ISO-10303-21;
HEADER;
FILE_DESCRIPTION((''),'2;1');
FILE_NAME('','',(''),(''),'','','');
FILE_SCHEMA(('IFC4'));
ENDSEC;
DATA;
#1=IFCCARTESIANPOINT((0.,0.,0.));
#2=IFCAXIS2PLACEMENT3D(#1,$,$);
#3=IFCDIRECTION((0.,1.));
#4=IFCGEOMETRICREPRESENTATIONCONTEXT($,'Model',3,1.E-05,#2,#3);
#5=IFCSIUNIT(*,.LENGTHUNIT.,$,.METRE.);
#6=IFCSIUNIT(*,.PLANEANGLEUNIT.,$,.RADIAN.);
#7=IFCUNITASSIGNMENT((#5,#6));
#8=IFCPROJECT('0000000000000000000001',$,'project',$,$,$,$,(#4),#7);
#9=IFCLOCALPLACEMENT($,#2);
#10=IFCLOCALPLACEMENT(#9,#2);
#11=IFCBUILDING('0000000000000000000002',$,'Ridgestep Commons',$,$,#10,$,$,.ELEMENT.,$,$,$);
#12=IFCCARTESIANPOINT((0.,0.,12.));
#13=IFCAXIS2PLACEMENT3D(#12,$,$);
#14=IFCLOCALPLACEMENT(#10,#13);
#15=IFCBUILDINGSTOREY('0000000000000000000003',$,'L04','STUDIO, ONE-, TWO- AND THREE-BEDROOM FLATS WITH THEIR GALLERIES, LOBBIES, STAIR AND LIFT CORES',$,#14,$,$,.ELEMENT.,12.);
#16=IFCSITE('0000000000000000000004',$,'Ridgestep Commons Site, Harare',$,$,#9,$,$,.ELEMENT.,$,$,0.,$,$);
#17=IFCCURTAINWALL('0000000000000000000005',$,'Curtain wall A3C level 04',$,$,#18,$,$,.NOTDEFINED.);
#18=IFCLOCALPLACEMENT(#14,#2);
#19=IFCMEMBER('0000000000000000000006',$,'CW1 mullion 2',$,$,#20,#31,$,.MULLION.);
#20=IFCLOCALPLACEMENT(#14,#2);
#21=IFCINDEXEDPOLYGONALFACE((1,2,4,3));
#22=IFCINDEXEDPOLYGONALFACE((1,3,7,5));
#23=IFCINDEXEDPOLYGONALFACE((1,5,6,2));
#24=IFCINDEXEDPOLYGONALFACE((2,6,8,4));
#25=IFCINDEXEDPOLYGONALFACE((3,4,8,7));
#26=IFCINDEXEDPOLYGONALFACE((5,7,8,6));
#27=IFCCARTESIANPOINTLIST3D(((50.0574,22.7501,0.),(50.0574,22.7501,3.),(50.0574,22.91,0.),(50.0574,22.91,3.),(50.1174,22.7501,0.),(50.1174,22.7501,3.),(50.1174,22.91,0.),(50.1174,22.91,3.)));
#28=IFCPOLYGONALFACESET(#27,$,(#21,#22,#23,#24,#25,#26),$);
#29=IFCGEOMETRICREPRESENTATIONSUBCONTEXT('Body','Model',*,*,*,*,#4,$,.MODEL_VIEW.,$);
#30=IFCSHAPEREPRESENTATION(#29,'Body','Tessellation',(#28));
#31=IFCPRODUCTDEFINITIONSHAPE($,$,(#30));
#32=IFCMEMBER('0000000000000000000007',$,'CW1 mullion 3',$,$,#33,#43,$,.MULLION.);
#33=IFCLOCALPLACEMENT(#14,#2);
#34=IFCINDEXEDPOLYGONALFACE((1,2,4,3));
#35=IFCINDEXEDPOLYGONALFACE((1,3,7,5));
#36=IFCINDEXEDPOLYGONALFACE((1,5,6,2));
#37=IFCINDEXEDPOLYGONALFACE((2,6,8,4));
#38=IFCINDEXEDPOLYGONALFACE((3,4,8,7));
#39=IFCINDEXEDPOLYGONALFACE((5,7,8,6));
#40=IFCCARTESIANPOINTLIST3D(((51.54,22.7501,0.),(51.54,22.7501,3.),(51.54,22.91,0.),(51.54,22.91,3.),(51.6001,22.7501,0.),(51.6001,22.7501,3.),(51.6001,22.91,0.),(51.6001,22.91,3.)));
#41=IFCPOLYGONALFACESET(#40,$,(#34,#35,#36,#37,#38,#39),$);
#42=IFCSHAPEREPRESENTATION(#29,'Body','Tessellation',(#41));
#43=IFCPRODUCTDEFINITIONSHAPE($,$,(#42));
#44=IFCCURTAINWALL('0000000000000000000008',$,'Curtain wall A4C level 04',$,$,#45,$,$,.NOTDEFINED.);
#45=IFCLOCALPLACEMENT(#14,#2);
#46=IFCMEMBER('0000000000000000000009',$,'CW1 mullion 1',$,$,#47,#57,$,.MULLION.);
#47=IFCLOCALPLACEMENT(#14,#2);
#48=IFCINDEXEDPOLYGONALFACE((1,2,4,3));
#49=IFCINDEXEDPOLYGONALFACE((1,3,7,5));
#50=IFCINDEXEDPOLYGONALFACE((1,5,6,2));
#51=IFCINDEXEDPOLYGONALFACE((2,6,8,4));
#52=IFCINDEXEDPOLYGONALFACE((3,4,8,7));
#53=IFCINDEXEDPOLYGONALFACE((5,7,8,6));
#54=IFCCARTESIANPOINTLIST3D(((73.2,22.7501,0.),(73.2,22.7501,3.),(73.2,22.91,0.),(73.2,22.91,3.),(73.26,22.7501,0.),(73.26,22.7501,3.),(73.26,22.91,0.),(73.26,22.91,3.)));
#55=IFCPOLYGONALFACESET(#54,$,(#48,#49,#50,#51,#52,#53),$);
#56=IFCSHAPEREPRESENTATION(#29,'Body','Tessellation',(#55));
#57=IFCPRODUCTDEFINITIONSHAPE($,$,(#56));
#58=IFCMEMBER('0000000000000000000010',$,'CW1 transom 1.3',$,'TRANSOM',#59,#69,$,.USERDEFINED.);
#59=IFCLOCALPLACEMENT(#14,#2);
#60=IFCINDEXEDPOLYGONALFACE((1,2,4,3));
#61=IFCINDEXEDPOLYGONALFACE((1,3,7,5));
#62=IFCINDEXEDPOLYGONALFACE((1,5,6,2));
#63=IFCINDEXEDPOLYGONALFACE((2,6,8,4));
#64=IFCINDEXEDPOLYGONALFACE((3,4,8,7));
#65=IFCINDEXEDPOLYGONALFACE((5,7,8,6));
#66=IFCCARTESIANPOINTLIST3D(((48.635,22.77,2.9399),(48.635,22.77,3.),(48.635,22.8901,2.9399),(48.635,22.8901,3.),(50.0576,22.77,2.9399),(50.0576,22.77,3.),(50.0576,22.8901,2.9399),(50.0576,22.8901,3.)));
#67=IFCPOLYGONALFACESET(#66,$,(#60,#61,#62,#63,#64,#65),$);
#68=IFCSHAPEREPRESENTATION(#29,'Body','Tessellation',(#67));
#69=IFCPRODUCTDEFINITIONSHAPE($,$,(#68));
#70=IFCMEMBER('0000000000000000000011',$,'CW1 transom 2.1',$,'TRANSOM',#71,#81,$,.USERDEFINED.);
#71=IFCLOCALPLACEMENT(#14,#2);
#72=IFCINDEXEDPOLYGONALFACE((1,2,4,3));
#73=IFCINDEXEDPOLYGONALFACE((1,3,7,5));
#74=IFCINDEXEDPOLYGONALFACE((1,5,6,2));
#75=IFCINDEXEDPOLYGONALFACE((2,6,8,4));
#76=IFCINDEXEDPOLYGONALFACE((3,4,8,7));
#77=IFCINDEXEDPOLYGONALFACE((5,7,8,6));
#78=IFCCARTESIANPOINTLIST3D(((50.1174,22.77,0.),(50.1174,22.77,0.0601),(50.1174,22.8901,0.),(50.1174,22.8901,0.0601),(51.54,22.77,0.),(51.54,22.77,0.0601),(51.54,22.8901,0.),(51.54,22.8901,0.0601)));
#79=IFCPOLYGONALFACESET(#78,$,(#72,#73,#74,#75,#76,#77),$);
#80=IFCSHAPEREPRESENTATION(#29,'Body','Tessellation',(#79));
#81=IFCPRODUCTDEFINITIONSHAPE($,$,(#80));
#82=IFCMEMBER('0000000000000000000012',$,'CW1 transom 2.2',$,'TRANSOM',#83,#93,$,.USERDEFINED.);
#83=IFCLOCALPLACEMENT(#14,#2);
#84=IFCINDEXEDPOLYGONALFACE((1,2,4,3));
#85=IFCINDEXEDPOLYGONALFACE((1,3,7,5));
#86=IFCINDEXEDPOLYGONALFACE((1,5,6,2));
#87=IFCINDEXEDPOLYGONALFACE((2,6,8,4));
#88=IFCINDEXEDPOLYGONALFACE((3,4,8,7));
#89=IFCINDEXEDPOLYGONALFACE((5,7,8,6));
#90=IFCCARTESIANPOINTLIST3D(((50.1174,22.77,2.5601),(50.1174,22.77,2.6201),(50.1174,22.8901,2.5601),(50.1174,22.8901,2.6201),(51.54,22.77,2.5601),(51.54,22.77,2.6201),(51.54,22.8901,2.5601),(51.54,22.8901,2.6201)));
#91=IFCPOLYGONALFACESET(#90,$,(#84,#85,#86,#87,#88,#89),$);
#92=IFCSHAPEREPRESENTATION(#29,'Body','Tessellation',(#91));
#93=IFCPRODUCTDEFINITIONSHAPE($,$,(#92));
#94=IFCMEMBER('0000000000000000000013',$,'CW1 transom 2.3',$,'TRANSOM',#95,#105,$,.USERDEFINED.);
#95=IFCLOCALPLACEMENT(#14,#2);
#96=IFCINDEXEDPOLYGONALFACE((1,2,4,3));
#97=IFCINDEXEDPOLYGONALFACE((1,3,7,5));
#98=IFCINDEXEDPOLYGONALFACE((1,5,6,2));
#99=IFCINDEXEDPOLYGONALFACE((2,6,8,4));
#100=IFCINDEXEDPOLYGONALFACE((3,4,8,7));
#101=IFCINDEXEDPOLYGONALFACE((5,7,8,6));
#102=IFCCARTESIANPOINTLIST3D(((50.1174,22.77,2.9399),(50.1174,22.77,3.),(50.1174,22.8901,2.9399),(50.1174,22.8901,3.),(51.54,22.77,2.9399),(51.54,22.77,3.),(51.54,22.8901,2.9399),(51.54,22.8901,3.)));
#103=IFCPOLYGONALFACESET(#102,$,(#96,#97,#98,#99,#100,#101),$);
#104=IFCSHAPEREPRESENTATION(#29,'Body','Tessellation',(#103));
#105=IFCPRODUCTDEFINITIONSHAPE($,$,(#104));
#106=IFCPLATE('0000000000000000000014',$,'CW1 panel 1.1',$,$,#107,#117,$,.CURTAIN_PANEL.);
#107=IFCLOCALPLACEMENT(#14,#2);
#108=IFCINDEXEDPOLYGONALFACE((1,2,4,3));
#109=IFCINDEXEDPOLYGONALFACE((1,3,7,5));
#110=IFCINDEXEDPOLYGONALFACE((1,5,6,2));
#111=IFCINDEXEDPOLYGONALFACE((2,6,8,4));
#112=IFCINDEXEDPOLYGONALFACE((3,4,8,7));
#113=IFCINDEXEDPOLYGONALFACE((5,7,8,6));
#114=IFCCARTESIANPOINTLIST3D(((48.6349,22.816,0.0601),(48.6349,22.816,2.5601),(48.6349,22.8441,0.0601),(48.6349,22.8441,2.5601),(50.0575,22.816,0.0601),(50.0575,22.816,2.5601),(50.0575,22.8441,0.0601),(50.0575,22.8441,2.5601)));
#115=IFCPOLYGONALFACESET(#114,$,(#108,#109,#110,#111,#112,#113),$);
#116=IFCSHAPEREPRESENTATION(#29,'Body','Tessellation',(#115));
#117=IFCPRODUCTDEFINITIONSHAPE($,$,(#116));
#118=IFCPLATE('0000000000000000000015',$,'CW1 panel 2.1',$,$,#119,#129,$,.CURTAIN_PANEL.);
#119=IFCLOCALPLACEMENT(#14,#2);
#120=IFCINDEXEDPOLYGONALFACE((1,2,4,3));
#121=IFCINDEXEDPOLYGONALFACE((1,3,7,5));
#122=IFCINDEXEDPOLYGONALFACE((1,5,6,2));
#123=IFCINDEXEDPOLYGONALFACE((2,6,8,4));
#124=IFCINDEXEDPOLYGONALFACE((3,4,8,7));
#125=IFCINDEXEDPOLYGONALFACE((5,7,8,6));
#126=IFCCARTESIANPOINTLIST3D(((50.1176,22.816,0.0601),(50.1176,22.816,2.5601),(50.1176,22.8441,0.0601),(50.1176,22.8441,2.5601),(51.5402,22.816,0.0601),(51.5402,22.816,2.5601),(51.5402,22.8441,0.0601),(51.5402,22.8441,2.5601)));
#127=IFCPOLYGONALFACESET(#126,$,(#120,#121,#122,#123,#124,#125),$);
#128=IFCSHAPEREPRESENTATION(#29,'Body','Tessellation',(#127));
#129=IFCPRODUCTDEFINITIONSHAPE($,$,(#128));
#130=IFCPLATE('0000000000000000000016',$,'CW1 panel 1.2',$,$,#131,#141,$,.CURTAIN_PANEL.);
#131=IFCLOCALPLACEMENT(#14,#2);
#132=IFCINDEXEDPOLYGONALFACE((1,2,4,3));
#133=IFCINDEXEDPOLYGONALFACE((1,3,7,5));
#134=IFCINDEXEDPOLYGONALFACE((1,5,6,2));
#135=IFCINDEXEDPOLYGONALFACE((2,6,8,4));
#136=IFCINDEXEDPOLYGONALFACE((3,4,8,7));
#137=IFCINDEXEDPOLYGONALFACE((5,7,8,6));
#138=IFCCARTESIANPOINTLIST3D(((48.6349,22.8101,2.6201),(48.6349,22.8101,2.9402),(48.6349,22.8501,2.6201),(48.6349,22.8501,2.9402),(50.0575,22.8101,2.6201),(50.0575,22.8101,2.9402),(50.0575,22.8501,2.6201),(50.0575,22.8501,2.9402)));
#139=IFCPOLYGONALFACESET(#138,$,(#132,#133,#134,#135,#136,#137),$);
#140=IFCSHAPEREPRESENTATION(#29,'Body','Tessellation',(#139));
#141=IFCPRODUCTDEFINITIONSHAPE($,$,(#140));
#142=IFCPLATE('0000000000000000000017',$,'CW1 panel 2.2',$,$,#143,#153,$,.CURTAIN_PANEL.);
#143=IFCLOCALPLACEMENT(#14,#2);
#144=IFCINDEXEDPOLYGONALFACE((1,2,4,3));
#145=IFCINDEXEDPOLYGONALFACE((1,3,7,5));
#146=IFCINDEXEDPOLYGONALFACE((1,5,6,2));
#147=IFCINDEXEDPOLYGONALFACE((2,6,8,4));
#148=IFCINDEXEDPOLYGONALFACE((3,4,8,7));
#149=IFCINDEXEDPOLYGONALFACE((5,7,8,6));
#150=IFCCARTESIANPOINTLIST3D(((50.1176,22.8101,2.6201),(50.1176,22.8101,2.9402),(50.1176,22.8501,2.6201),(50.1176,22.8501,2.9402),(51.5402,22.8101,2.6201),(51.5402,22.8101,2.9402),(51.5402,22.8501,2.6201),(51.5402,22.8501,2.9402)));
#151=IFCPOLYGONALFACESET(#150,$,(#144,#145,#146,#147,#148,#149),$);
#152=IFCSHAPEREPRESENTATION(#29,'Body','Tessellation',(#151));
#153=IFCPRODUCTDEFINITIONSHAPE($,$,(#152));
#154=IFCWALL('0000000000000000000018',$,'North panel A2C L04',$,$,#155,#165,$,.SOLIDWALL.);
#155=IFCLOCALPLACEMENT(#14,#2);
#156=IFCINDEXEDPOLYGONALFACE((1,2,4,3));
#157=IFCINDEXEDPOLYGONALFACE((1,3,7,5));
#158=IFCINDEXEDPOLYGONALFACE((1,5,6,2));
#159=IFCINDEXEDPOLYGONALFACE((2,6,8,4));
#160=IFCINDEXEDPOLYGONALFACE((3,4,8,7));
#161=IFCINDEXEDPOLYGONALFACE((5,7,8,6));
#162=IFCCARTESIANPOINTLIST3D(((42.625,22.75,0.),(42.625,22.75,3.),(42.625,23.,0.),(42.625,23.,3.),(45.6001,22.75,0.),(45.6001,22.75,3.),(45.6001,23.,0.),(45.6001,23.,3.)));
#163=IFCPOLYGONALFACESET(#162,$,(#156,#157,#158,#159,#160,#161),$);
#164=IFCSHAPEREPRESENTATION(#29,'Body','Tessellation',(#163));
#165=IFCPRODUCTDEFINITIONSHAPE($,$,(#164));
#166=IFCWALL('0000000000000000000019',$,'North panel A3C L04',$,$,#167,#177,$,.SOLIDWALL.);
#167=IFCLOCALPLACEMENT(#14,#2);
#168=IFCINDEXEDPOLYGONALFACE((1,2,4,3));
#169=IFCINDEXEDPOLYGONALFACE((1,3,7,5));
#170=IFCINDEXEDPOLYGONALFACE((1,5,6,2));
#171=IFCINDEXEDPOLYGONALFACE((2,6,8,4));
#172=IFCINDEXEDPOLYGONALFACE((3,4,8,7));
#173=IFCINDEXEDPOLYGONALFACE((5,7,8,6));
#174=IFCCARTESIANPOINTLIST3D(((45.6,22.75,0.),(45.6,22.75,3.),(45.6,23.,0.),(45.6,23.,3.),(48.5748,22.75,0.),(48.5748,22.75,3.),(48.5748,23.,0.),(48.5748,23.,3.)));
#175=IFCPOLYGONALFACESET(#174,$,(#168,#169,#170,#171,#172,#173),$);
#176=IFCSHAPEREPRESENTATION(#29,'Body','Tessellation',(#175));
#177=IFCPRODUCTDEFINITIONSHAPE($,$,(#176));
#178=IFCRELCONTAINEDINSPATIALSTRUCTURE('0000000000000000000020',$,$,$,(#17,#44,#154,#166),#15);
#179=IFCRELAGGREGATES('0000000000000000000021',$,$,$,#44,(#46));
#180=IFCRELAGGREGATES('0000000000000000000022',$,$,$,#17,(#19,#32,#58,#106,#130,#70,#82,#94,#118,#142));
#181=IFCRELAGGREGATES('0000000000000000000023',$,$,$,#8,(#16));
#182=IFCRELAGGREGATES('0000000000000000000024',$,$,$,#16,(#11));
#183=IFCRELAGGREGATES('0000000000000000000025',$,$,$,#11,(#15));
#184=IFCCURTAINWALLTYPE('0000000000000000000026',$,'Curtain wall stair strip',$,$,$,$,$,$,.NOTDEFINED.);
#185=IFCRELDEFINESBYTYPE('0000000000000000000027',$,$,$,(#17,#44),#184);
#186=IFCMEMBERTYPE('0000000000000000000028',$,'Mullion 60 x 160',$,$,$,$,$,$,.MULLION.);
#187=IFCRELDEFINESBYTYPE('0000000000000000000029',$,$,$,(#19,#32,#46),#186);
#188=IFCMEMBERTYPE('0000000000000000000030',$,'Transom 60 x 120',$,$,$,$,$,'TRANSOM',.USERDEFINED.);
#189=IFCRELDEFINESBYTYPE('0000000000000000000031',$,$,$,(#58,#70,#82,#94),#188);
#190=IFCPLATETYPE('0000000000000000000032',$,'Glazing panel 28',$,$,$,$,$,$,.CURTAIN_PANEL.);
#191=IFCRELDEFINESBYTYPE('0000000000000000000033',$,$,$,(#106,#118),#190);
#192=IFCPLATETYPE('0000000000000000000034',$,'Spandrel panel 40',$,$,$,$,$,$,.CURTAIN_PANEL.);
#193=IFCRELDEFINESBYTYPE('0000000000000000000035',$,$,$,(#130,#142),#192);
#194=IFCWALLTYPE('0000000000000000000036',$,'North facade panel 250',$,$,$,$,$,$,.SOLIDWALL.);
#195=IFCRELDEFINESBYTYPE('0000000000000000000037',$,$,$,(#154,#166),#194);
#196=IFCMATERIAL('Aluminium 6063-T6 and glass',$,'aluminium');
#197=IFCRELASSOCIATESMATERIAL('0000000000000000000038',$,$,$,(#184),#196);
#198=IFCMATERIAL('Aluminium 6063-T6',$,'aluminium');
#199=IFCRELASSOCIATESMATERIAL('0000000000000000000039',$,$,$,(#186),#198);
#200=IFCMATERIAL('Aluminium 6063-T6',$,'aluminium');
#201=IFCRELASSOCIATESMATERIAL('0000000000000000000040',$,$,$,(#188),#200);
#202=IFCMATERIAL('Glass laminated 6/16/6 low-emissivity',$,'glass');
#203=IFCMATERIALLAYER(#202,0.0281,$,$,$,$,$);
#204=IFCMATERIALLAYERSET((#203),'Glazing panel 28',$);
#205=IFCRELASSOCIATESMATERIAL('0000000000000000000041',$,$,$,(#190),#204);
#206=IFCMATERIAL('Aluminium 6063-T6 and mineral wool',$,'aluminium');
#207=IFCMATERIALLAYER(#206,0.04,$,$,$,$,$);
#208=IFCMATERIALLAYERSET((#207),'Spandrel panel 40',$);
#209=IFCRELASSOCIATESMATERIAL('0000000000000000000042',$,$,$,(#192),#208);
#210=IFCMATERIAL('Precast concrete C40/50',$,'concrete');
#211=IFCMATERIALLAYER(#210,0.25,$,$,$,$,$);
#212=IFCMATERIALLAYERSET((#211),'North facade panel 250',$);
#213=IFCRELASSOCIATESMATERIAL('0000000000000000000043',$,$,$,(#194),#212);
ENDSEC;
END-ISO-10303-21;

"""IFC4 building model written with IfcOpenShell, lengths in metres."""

from ifc_helpers import new_model, si_unit, direction, frame, frame_2d, origin, origin_2d, place, context, subcontext, project, spatial, rectangle, extrude, material, layer, layer_set, material_profile, profile_set, type_object, element, aggregate, save


model = new_model("IFC4")

# Units and contexts
model_context = context("Model", 3, precision=1e-05, world=origin(), true_north=direction((0.0, 1.0)))
body_context = subcontext(model_context, "Body", "Model", "MODEL_VIEW")
ifc_project = project(units=[si_unit("LENGTHUNIT", "METRE"), si_unit("PLANEANGLEUNIT", "RADIAN")], contexts=[model_context])

# Site, building, storey
site_placement = place(None, origin())
site = spatial("IfcSite", under=ifc_project, at=site_placement, Name="Ridgestep Commons Site, Harare", CompositionType="ELEMENT", RefElevation=0.0)
building_placement = place(site_placement, origin())
building = spatial("IfcBuilding", under=site, at=building_placement, Name="Ridgestep Commons", CompositionType="ELEMENT")
storey_placement = place(building_placement, frame((0.0, 0.0, 12.0)))
storey = spatial("IfcBuildingStorey", under=building, at=storey_placement, Name="L04", Description="STUDIO, ONE-, TWO- AND THREE-BEDROOM FLATS WITH THEIR GALLERIES, LOBBIES, STAIR AND LIFT CORES", CompositionType="ELEMENT", Elevation=12.0)

# Curtain wall, members
ifc_material_1 = material(Name="Aluminium 6063-T6 and glass", Category="aluminium")
curtain_wall_type = type_object("IfcCurtainWallType", Name="Curtain wall stair strip", PredefinedType="NOTDEFINED", material=ifc_material_1)
curtain_wall_1_placement = place(storey_placement, origin())
curtain_wall_1 = element("IfcCurtainWall", 1, at=curtain_wall_1_placement, inside=storey, type_object=curtain_wall_type, Name="Curtain wall A3C level 04", PredefinedType="NOTDEFINED")
ifc_material_2 = material(Name="Aluminium 6063-T6", Category="aluminium")
ifc_material_profile_1 = material_profile(ifc_material_2, rectangle(XDim=0.1599, YDim=0.0601, at=origin_2d()), Name="Mullion 60 x 160")
ifc_profile_set_1 = profile_set([ifc_material_profile_1], Name="Aluminium 6063-T6")
member_type_1 = type_object("IfcMemberType", Name="Mullion 60 x 160", PredefinedType="MULLION", material=ifc_profile_set_1)
member_1_placement = place(storey_placement, frame((50.0874, 22.8301, 0.0), z_axis=(0.0, 0.0, 1.0), x_axis=(0.0, 1.0, 0.0)))
member_1 = element("IfcMember", 2, at=member_1_placement, type_object=member_type_1, Name="CW1 mullion 2", PredefinedType="MULLION", context=body_context, shape_type="SweptSolid", body=[
    extrude(rectangle(XDim=0.1599, YDim=0.0601, at=origin_2d()), origin(), (0.0, 0.0, 1.0), 3.0),
])
member_2_placement = place(storey_placement, frame((51.5701, 22.8301, 0.0), z_axis=(0.0, 0.0, 1.0), x_axis=(0.0, 1.0, 0.0)))
member_2 = element("IfcMember", 3, at=member_2_placement, type_object=member_type_1, Name="CW1 mullion 3", PredefinedType="MULLION", context=body_context, shape_type="SweptSolid", body=[
    extrude(rectangle(XDim=0.1599, YDim=0.0601, at=origin_2d()), origin(), (0.0, 0.0, 1.0), 3.0),
])

# Curtain wall, member
curtain_wall_2_placement = place(storey_placement, origin())
curtain_wall_2 = element("IfcCurtainWall", 4, at=curtain_wall_2_placement, inside=storey, type_object=curtain_wall_type, Name="Curtain wall A4C level 04", PredefinedType="NOTDEFINED")
member_3_placement = place(storey_placement, frame((73.23, 22.8301, 0.0), z_axis=(0.0, 0.0, 1.0), x_axis=(0.0, 1.0, 0.0)))
member_3 = element("IfcMember", 5, at=member_3_placement, type_object=member_type_1, Name="CW1 mullion 1", PredefinedType="MULLION", context=body_context, shape_type="SweptSolid", body=[
    extrude(rectangle(XDim=0.1599, YDim=0.0601, at=origin_2d()), origin(), (0.0, 0.0, 1.0), 3.0),
])
aggregate(curtain_wall_2, [member_3])

# Members
ifc_material_3 = material(Name="Aluminium 6063-T6", Category="aluminium")
ifc_material_profile_2 = material_profile(ifc_material_3, rectangle(XDim=0.1201, YDim=0.0601, at=origin_2d()), Name="Transom 60 x 120")
ifc_profile_set_2 = profile_set([ifc_material_profile_2], Name="Aluminium 6063-T6")
member_type_2 = type_object("IfcMemberType", Name="Transom 60 x 120", ElementType="TRANSOM", PredefinedType="USERDEFINED", material=ifc_profile_set_2)
member_4_placement = place(storey_placement, frame((48.635, 22.8301, 2.97), z_axis=(1.0, 0.0, 0.0), x_axis=(0.0, 1.0, 0.0)))
member_4 = element("IfcMember", 6, at=member_4_placement, type_object=member_type_2, Name="CW1 transom 1.3", ObjectType="TRANSOM", PredefinedType="USERDEFINED", context=body_context, shape_type="SweptSolid", body=[
    extrude(rectangle(XDim=0.1201, YDim=0.0601, at=origin_2d()), origin(), (0.0, 0.0, 1.0), 1.4226),
])
member_5_placement = place(storey_placement, frame((50.1174, 22.8301, 0.03), z_axis=(1.0, 0.0, 0.0), x_axis=(0.0, 1.0, 0.0)))
member_5 = element("IfcMember", 7, at=member_5_placement, type_object=member_type_2, Name="CW1 transom 2.1", ObjectType="TRANSOM", PredefinedType="USERDEFINED", context=body_context, shape_type="SweptSolid", body=[
    extrude(rectangle(XDim=0.1201, YDim=0.0601, at=origin_2d()), origin(), (0.0, 0.0, 1.0), 1.4226),
])
member_6_placement = place(storey_placement, frame((50.1174, 22.8301, 2.5901), z_axis=(1.0, 0.0, 0.0), x_axis=(0.0, 1.0, 0.0)))
member_6 = element("IfcMember", 8, at=member_6_placement, type_object=member_type_2, Name="CW1 transom 2.2", ObjectType="TRANSOM", PredefinedType="USERDEFINED", context=body_context, shape_type="SweptSolid", body=[
    extrude(rectangle(XDim=0.1201, YDim=0.0601, at=origin_2d()), origin(), (0.0, 0.0, 1.0), 1.4226),
])
member_7_placement = place(storey_placement, frame((50.1174, 22.8301, 2.97), z_axis=(1.0, 0.0, 0.0), x_axis=(0.0, 1.0, 0.0)))
member_7 = element("IfcMember", 9, at=member_7_placement, type_object=member_type_2, Name="CW1 transom 2.3", ObjectType="TRANSOM", PredefinedType="USERDEFINED", context=body_context, shape_type="SweptSolid", body=[
    extrude(rectangle(XDim=0.1201, YDim=0.0601, at=origin_2d()), origin(), (0.0, 0.0, 1.0), 1.4226),
])

# Plates
ifc_material_4 = material(Name="Glass laminated 6/16/6 low-emissivity", Category="glass")
ifc_layer_1 = layer(ifc_material_4, 0.0281)
ifc_layer_set_1 = layer_set([ifc_layer_1], Name="Glazing panel 28")
plate_type_1 = type_object("IfcPlateType", Name="Glazing panel 28", PredefinedType="CURTAIN_PANEL", material=ifc_layer_set_1)
plate_1_placement = place(storey_placement, frame((49.3462, 22.8301, 0.0601), z_axis=(0.0, 0.0, 1.0), x_axis=(1.0, 0.0, 0.0)))
plate_1 = element("IfcPlate", 10, at=plate_1_placement, type_object=plate_type_1, Name="CW1 panel 1.1", PredefinedType="CURTAIN_PANEL", context=body_context, shape_type="SweptSolid", body=[
    extrude(rectangle(XDim=1.4226, YDim=0.0281, at=origin_2d()), origin(), (0.0, 0.0, 1.0), 2.5),
])
plate_2_placement = place(storey_placement, frame((50.8289, 22.8301, 0.0601), z_axis=(0.0, 0.0, 1.0), x_axis=(1.0, 0.0, 0.0)))
plate_2 = element("IfcPlate", 11, at=plate_2_placement, type_object=plate_type_1, Name="CW1 panel 2.1", PredefinedType="CURTAIN_PANEL", context=body_context, shape_type="SweptSolid", body=[
    extrude(rectangle(XDim=1.4226, YDim=0.0281, at=origin_2d()), origin(), (0.0, 0.0, 1.0), 2.5),
])
ifc_material_5 = material(Name="Aluminium 6063-T6 and mineral wool", Category="aluminium")
ifc_layer_2 = layer(ifc_material_5, 0.04)
ifc_layer_set_2 = layer_set([ifc_layer_2], Name="Spandrel panel 40")
plate_type_2 = type_object("IfcPlateType", Name="Spandrel panel 40", PredefinedType="CURTAIN_PANEL", material=ifc_layer_set_2)
plate_3_placement = place(storey_placement, frame((49.3462, 22.8301, 2.6201), z_axis=(0.0, 0.0, 1.0), x_axis=(1.0, 0.0, 0.0)))
plate_3 = element("IfcPlate", 12, at=plate_3_placement, type_object=plate_type_2, Name="CW1 panel 1.2", PredefinedType="CURTAIN_PANEL", context=body_context, shape_type="SweptSolid", body=[
    extrude(rectangle(XDim=1.4226, YDim=0.04, at=origin_2d()), origin(), (0.0, 0.0, 1.0), 0.3201),
])
plate_4_placement = place(storey_placement, frame((50.8289, 22.8301, 2.6201), z_axis=(0.0, 0.0, 1.0), x_axis=(1.0, 0.0, 0.0)))
plate_4 = element("IfcPlate", 13, at=plate_4_placement, type_object=plate_type_2, Name="CW1 panel 2.2", PredefinedType="CURTAIN_PANEL", context=body_context, shape_type="SweptSolid", body=[
    extrude(rectangle(XDim=1.4226, YDim=0.04, at=origin_2d()), origin(), (0.0, 0.0, 1.0), 0.3201),
])
aggregate(curtain_wall_1, [member_1, member_2, member_4, plate_1, plate_3, member_5, member_6, member_7, plate_2, plate_4])

# Walls
ifc_material_6 = material(Name="Precast concrete C40/50", Category="concrete")
ifc_layer_3 = layer(ifc_material_6, 0.25)
ifc_layer_set_3 = layer_set([ifc_layer_3], Name="North facade panel 250")
wall_type = type_object("IfcWallType", Name="North facade panel 250", PredefinedType="SOLIDWALL", material=ifc_layer_set_3)
wall_1_placement = place(storey_placement, frame((42.625, 22.875, 0.0), z_axis=(0.0, 0.0, 1.0), x_axis=(1.0, 0.0, 0.0)))
element("IfcWall", 14, at=wall_1_placement, inside=storey, type_object=wall_type, Name="North panel A2C L04", PredefinedType="SOLIDWALL", context=body_context, shape_type="SweptSolid", body=[
    extrude(rectangle(XDim=2.9751, YDim=0.25, at=frame_2d((1.4875, 0.0))), origin(), (0.0, 0.0, 1.0), 3.0),
])
wall_2_placement = place(storey_placement, frame((45.6001, 22.875, 0.0), z_axis=(0.0, 0.0, 1.0), x_axis=(1.0, 0.0, 0.0)))
element("IfcWall", 15, at=wall_2_placement, inside=storey, type_object=wall_type, Name="North panel A3C L04", PredefinedType="SOLIDWALL", context=body_context, shape_type="SweptSolid", body=[
    extrude(rectangle(XDim=2.9749, YDim=0.25, at=frame_2d((1.4873, 0.0))), origin(), (0.0, 0.0, 1.0), 3.0),
])

save(model, "model.ifc")
